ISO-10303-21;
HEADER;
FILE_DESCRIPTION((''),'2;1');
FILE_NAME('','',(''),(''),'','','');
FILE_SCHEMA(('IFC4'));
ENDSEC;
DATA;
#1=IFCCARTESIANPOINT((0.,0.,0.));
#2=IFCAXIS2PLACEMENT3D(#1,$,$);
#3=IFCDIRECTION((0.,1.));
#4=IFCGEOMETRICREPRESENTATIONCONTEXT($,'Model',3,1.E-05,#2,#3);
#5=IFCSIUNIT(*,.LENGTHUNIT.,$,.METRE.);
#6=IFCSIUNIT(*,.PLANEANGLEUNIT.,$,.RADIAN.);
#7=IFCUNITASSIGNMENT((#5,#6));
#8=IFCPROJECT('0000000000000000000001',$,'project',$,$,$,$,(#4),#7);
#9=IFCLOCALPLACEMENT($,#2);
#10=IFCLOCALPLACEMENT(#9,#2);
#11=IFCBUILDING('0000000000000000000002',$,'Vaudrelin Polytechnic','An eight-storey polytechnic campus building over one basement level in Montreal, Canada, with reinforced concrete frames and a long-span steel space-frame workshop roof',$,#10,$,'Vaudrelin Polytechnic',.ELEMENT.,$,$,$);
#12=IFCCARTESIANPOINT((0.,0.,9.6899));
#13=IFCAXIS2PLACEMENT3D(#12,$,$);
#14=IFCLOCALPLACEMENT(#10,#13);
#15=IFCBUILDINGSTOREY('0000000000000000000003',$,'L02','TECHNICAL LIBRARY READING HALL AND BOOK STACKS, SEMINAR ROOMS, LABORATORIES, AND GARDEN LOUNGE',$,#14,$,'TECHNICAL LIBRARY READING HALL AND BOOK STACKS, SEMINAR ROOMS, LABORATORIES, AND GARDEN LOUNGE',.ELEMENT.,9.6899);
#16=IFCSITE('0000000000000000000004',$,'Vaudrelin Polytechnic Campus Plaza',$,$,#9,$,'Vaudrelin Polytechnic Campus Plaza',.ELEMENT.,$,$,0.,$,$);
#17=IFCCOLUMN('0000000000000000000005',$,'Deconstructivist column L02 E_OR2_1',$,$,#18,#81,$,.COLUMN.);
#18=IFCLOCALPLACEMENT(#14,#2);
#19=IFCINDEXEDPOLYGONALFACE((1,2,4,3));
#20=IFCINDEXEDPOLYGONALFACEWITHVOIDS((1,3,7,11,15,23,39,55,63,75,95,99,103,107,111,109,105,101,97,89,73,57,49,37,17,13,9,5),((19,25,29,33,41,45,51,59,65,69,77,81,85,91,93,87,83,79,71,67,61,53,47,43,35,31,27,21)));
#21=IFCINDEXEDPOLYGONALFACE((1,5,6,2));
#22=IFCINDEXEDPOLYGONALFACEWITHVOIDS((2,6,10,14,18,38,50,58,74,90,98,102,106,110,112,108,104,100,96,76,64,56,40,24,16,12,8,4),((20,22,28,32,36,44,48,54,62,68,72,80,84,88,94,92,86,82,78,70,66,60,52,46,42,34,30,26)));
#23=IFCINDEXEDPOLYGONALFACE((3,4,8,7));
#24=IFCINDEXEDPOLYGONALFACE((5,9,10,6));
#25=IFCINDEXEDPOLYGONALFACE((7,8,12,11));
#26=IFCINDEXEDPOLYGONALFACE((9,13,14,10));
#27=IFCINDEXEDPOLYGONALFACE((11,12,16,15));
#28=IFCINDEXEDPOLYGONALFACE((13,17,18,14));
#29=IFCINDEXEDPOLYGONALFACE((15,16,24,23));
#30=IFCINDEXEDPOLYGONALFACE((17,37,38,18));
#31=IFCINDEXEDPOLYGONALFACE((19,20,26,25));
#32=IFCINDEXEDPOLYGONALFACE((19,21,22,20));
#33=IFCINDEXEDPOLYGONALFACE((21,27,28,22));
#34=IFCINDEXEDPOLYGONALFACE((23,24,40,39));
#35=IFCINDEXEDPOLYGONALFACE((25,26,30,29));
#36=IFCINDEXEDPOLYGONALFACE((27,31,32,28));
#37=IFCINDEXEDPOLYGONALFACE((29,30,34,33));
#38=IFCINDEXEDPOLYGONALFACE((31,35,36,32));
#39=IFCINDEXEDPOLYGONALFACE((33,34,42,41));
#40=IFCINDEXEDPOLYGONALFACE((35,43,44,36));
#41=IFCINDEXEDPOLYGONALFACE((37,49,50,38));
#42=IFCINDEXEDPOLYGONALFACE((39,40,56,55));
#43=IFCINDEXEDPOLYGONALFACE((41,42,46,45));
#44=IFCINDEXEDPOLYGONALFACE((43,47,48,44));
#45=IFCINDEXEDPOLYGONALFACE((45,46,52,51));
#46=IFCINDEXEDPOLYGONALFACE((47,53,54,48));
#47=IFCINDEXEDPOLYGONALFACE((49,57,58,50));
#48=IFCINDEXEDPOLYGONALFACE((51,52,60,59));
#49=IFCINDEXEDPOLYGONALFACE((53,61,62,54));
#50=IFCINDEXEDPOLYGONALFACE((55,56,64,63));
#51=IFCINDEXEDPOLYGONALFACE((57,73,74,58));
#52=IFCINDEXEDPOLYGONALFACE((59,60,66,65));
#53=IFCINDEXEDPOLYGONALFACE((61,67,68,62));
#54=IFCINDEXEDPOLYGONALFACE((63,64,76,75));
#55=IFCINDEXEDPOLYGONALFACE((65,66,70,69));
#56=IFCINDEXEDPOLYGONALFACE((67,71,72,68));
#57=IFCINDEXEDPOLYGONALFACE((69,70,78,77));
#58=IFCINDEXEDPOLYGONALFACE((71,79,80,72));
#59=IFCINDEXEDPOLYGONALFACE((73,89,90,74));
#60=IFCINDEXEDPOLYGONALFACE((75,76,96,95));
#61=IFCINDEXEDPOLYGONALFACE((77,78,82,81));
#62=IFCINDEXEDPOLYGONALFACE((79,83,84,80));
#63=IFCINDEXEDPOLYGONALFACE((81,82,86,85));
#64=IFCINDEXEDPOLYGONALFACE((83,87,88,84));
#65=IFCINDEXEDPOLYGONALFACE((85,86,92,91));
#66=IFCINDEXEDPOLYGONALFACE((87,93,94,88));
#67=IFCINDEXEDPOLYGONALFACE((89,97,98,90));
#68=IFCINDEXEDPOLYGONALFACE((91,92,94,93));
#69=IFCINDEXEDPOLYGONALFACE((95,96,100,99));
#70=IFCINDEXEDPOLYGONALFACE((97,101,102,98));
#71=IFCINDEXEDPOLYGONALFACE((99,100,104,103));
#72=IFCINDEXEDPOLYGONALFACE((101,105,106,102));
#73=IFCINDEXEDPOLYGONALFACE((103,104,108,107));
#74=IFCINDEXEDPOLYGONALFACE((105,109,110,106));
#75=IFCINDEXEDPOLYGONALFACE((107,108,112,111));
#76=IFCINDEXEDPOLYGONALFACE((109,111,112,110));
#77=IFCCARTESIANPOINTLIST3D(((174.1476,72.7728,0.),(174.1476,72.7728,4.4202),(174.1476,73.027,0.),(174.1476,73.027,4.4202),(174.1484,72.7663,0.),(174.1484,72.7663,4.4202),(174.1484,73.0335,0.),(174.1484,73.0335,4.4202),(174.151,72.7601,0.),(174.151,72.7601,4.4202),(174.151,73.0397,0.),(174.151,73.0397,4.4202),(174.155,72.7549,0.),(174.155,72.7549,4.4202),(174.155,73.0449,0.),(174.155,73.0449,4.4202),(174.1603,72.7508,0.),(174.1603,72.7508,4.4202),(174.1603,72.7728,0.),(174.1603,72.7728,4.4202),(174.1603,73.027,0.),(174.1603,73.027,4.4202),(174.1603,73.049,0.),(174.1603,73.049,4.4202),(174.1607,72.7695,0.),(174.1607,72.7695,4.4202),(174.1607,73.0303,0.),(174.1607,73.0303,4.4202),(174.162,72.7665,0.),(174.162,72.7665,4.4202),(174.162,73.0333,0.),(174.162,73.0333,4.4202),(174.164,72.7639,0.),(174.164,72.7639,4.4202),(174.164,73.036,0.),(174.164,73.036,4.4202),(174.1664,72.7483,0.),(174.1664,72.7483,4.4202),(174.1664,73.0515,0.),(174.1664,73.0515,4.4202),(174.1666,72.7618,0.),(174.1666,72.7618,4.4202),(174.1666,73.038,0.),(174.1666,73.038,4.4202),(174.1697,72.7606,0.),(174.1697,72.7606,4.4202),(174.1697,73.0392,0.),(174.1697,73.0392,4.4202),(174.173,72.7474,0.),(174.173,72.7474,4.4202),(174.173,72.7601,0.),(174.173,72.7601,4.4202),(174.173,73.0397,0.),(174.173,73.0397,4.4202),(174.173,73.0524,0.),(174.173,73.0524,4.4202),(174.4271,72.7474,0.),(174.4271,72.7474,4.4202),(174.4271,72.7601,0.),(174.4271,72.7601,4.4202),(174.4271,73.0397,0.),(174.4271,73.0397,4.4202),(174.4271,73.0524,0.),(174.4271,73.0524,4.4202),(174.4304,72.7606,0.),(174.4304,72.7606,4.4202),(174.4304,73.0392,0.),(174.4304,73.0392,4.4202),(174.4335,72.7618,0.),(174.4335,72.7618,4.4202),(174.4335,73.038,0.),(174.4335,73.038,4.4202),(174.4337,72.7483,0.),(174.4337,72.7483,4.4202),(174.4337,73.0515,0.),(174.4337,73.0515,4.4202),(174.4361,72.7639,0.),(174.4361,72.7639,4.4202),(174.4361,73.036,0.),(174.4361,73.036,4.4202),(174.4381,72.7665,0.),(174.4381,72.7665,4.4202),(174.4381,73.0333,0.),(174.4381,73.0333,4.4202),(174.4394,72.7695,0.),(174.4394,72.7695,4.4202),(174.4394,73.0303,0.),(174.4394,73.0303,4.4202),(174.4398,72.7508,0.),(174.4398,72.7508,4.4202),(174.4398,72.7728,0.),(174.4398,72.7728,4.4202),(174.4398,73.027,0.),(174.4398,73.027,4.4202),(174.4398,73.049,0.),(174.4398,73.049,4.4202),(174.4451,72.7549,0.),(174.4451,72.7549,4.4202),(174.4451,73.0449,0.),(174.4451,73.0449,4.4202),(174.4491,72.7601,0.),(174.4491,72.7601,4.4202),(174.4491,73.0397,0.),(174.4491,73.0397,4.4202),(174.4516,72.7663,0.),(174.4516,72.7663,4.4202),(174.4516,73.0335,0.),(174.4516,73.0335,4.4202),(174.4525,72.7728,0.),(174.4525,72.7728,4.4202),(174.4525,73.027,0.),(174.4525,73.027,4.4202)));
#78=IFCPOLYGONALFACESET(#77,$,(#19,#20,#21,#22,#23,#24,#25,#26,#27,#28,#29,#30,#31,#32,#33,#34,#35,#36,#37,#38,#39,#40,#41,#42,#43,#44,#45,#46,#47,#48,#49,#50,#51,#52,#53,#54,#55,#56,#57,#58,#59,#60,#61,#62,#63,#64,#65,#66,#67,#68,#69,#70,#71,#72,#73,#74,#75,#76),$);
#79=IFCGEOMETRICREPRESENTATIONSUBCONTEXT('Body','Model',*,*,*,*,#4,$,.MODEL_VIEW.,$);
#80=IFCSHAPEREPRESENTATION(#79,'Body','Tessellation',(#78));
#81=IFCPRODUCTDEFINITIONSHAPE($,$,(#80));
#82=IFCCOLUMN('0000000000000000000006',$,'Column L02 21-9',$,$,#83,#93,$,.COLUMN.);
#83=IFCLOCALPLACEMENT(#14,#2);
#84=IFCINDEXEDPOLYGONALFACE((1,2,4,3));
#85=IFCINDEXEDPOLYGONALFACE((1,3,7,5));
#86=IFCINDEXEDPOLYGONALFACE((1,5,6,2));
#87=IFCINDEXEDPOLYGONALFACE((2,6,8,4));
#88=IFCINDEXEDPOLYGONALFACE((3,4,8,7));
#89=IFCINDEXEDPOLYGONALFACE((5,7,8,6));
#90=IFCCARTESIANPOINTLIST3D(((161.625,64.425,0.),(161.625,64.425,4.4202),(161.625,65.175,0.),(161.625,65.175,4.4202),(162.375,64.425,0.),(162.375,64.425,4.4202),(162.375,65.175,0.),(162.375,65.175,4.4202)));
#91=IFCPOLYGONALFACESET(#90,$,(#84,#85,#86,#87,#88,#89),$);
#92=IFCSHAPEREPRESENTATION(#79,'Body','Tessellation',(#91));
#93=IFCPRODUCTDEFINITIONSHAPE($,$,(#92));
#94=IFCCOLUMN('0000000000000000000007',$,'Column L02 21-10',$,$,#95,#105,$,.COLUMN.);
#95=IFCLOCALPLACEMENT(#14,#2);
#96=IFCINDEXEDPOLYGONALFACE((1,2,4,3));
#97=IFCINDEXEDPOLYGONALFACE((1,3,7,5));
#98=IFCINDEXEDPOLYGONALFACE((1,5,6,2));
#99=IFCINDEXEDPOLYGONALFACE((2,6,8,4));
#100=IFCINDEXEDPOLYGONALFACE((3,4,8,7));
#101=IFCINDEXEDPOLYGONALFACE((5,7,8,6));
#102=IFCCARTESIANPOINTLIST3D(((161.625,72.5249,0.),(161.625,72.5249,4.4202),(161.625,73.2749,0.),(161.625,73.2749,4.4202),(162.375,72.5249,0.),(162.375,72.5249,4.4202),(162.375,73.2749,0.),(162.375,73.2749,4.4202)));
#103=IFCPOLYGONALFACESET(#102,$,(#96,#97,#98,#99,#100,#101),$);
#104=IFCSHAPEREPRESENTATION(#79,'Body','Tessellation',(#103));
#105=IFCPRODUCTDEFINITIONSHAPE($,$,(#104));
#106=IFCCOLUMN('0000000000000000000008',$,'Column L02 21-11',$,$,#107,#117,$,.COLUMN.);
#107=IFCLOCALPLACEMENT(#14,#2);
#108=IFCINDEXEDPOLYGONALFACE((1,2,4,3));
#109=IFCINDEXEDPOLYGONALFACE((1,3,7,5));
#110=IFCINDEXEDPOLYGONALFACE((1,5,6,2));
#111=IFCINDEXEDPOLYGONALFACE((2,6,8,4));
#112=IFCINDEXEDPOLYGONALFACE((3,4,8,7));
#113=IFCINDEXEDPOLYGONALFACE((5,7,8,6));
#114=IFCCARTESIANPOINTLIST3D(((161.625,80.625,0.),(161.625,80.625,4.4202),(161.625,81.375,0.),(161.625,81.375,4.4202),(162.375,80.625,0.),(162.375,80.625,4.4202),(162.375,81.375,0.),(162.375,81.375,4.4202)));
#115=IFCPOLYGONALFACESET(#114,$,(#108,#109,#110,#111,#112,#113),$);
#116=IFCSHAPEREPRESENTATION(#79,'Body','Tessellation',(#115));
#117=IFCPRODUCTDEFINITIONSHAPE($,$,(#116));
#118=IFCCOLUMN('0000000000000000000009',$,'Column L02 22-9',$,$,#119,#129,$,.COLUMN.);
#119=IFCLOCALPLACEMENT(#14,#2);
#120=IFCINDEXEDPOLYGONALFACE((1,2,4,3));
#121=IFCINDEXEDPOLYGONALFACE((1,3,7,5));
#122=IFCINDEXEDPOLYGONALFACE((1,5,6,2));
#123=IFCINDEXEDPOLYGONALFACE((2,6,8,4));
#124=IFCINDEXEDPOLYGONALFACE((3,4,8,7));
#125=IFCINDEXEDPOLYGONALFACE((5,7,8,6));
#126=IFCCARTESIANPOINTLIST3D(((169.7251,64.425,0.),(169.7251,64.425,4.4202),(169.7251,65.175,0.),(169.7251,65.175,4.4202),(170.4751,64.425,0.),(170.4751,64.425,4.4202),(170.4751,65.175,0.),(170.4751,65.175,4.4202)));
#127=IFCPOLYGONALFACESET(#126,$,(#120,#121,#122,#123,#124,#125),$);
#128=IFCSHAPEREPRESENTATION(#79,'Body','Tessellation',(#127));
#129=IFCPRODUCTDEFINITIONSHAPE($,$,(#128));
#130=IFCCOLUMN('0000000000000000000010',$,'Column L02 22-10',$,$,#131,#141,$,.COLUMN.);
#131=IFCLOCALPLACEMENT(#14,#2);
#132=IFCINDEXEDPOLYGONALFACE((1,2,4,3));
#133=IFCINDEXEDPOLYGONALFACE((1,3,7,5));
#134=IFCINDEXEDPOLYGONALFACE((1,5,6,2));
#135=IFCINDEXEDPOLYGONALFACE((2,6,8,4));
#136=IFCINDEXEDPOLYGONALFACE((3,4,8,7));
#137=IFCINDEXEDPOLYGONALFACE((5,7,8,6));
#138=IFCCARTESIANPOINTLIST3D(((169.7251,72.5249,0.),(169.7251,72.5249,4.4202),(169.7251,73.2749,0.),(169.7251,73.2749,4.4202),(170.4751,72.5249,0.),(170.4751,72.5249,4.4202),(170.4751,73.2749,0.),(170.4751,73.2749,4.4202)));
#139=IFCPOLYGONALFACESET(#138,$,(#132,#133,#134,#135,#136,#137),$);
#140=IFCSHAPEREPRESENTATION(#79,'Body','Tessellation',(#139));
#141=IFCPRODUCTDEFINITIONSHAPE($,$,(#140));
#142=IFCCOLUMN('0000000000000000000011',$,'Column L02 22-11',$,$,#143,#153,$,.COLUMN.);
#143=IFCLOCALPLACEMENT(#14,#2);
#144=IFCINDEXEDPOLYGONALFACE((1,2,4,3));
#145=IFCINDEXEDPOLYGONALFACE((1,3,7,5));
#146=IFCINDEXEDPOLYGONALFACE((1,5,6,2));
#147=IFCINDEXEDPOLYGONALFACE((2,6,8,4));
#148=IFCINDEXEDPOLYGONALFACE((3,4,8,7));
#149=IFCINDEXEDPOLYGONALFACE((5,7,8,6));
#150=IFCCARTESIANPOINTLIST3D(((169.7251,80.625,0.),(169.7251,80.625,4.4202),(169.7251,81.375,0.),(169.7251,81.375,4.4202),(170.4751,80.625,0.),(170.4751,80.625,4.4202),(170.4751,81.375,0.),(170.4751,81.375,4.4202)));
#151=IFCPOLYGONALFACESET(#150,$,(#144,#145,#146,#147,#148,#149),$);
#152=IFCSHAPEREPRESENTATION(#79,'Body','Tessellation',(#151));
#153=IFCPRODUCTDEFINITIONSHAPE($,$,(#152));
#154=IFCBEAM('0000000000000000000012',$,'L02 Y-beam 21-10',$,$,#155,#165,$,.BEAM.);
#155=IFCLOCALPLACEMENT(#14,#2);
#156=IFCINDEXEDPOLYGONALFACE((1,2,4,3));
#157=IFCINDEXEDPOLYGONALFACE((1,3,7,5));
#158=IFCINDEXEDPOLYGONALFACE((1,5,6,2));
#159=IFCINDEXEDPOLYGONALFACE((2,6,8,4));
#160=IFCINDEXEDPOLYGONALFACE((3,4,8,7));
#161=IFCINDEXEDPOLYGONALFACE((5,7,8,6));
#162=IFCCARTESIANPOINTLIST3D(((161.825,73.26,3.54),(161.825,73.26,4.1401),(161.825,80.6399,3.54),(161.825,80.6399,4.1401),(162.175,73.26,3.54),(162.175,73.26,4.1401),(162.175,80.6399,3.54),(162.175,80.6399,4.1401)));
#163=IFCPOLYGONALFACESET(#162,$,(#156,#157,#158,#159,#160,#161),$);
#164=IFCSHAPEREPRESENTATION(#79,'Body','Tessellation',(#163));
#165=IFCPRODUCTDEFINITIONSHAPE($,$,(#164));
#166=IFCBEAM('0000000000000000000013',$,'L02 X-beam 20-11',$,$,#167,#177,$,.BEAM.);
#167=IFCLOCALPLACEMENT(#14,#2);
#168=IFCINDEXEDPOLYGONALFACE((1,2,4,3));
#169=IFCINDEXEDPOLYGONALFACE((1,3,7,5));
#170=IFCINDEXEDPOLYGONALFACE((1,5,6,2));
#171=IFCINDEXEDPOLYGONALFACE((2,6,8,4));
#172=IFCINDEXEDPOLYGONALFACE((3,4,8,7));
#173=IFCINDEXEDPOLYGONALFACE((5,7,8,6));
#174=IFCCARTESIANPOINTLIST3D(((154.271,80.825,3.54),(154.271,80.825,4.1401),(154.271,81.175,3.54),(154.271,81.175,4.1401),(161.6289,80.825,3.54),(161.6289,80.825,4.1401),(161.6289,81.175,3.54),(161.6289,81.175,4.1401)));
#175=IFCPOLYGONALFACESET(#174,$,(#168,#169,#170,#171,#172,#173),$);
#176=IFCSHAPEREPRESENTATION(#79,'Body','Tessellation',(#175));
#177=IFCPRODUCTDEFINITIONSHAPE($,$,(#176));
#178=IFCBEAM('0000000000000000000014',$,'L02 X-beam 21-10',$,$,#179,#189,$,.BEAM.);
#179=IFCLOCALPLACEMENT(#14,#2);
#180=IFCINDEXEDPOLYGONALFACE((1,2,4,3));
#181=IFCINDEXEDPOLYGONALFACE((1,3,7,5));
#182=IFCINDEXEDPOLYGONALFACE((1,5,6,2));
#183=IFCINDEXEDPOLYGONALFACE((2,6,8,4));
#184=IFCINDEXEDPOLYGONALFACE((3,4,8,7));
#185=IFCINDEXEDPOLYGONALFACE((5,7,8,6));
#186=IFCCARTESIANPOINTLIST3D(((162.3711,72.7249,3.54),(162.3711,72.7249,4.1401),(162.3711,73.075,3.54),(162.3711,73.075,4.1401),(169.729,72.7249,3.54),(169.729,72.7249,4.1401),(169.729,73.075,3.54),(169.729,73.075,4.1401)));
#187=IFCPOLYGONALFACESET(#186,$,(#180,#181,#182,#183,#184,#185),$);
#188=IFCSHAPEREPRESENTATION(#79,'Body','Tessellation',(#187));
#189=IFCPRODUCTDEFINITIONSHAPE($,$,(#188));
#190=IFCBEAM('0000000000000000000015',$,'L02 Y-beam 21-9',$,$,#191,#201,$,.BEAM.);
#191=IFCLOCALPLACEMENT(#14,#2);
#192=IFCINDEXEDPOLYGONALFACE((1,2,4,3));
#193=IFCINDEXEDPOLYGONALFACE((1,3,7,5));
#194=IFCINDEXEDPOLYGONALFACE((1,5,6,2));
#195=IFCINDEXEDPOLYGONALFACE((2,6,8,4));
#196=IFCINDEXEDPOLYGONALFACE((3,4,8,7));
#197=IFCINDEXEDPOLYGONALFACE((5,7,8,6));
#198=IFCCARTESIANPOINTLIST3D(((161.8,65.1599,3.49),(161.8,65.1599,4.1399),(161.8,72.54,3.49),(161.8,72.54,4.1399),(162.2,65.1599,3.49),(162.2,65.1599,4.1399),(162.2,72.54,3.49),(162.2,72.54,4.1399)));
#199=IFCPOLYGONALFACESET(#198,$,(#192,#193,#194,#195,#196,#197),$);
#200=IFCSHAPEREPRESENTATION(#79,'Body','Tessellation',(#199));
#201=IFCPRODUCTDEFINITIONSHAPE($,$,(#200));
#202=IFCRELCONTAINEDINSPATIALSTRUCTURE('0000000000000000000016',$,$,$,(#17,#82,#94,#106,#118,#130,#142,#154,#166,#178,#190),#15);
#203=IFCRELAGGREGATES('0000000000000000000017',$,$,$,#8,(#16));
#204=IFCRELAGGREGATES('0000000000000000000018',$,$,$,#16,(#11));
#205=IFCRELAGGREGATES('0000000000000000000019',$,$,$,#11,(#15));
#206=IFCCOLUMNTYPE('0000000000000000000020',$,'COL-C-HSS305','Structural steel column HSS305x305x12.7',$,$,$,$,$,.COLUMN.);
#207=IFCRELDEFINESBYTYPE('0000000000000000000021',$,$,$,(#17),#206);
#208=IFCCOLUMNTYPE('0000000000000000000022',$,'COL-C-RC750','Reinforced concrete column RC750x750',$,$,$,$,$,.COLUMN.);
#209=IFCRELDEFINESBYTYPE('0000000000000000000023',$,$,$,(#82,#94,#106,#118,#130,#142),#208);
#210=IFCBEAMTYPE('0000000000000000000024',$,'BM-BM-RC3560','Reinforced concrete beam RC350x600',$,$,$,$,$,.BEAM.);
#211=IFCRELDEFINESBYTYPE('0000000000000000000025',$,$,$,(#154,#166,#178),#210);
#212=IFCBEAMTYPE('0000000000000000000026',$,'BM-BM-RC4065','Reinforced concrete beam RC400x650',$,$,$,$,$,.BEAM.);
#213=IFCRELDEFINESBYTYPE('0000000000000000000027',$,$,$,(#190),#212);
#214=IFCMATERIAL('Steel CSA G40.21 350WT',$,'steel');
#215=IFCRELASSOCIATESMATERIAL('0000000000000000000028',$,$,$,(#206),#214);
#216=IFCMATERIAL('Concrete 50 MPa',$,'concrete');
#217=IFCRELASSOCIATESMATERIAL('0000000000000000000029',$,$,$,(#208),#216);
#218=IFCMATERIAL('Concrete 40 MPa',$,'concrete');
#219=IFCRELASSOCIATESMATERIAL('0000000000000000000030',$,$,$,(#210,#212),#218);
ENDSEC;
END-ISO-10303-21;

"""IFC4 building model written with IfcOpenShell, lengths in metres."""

from ifc_helpers import new_model, si_unit, direction, frame, origin, origin_2d, place, context, subcontext, project, spatial, rectangle, hollow_rectangle, extrude, material, material_profile, profile_set, type_object, element, save


model = new_model("IFC4")

# Units and contexts
model_context = context("Model", 3, precision=1e-05, world=origin(), true_north=direction((0.0, 1.0)))
body_context = subcontext(model_context, "Body", "Model", "MODEL_VIEW")
ifc_project = project(units=[si_unit("LENGTHUNIT", "METRE"), si_unit("PLANEANGLEUNIT", "RADIAN")], contexts=[model_context])

# Site, building, storey
site_placement = place(None, origin())
site = spatial("IfcSite", under=ifc_project, at=site_placement, Name="Vaudrelin Polytechnic Campus Plaza", LongName="Vaudrelin Polytechnic Campus Plaza", CompositionType="ELEMENT", RefElevation=0.0)
building_placement = place(site_placement, origin())
building = spatial("IfcBuilding", under=site, at=building_placement, Name="Vaudrelin Polytechnic", Description="An eight-storey polytechnic campus building over one basement level in Montreal, Canada, with reinforced concrete frames and a long-span steel space-frame workshop roof", LongName="Vaudrelin Polytechnic", CompositionType="ELEMENT")
storey_placement = place(building_placement, frame((0.0, 0.0, 9.6899)))
storey = spatial("IfcBuildingStorey", under=building, at=storey_placement, Name="L02", Description="TECHNICAL LIBRARY READING HALL AND BOOK STACKS, SEMINAR ROOMS, LABORATORIES, AND GARDEN LOUNGE", LongName="TECHNICAL LIBRARY READING HALL AND BOOK STACKS, SEMINAR ROOMS, LABORATORIES, AND GARDEN LOUNGE", CompositionType="ELEMENT", Elevation=9.6899)

# Columns
ifc_material_1 = material(Name="Steel CSA G40.21 350WT", Category="steel")
ifc_material_profile_1 = material_profile(ifc_material_1, hollow_rectangle(XDim=0.3049, YDim=0.3049, WallThickness=0.0127, InnerFilletRadius=0.0127, OuterFilletRadius=0.0254, at=origin_2d()), Name="HSS305x305x12.7")
ifc_profile_set_1 = profile_set([ifc_material_profile_1], Name="Steel CSA G40.21 350WT")
column_type_1 = type_object("IfcColumnType", Name="COL-C-HSS305", Description="Structural steel column HSS305x305x12.7", PredefinedType="COLUMN", material=ifc_profile_set_1)
column_placement = place(storey_placement, frame((174.3, 72.8999, 0.0), z_axis=(0.0, 0.0, 1.0), x_axis=(1.0, 0.0, 0.0)))
element("IfcColumn", 1, at=column_placement, inside=storey, type_object=column_type_1, Name="Deconstructivist column L02 E_OR2_1", PredefinedType="COLUMN", context=body_context, shape_type="SweptSolid", body=[
    extrude(hollow_rectangle(XDim=0.3049, YDim=0.3049, WallThickness=0.0127, InnerFilletRadius=0.0127, OuterFilletRadius=0.0254, at=origin_2d()), origin(), (0.0, 0.0, 1.0), 4.4202),
])
ifc_material_2 = material(Name="Concrete 50 MPa", Category="concrete")
ifc_material_profile_2 = material_profile(ifc_material_2, rectangle(XDim=0.75, YDim=0.75, at=origin_2d()), Name="RC750x750")
ifc_profile_set_2 = profile_set([ifc_material_profile_2], Name="Concrete 50 MPa")
column_type_2 = type_object("IfcColumnType", Name="COL-C-RC750", Description="Reinforced concrete column RC750x750", PredefinedType="COLUMN", material=ifc_profile_set_2)
for number, where, z_axis, x_axis, name in (
    (2, (162.0, 64.8, 0.0), (0.0, 0.0, 1.0), (1.0, 0.0, 0.0), "Column L02 21-9"),
    (3, (162.0, 72.8999, 0.0), (0.0, 0.0, 1.0), (1.0, 0.0, 0.0), "Column L02 21-10"),
    (4, (162.0, 81.0, 0.0), (0.0, 0.0, 1.0), (1.0, 0.0, 0.0), "Column L02 21-11"),
    (5, (170.1001, 64.8, 0.0), (0.0, 0.0, 1.0), (1.0, 0.0, 0.0), "Column L02 22-9"),
    (6, (170.1001, 72.8999, 0.0), (0.0, 0.0, 1.0), (1.0, 0.0, 0.0), "Column L02 22-10"),
    (7, (170.1001, 81.0, 0.0), (0.0, 0.0, 1.0), (1.0, 0.0, 0.0), "Column L02 22-11"),
):
    element("IfcColumn", number, at=place(storey_placement, frame(where, z_axis=z_axis, x_axis=x_axis)), inside=storey, type_object=column_type_2, Name=name, PredefinedType="COLUMN", context=body_context, shape_type="SweptSolid", body=[
        extrude(rectangle(XDim=0.75, YDim=0.75, at=origin_2d()), origin(), (0.0, 0.0, 1.0), 4.4202),
    ])

# Beams
ifc_material_3 = material(Name="Concrete 40 MPa", Category="concrete")
ifc_material_profile_3 = material_profile(ifc_material_3, rectangle(XDim=0.3501, YDim=0.6001, at=origin_2d()), Name="RC350x600")
ifc_profile_set_3 = profile_set([ifc_material_profile_3], Name="Concrete 40 MPa")
beam_type_1 = type_object("IfcBeamType", Name="BM-BM-RC3560", Description="Reinforced concrete beam RC350x600", PredefinedType="BEAM", material=ifc_profile_set_3)
beam_1_placement = place(storey_placement, frame((162.0, 73.26, 3.8401), z_axis=(0.0, 1.0, 0.0), x_axis=(-1.0, 0.0, 0.0)))
element("IfcBeam", 8, at=beam_1_placement, inside=storey, type_object=beam_type_1, Name="L02 Y-beam 21-10", PredefinedType="BEAM", context=body_context, shape_type="SweptSolid", body=[
    extrude(rectangle(XDim=0.3501, YDim=0.6001, at=origin_2d()), origin(), (0.0, 0.0, 1.0), 7.3799),
])
for number, where, z_axis, x_axis, name in (
    (9, (154.271, 81.0, 3.8401), (1.0, 0.0, 0.0), (0.0, 1.0, 0.0), "L02 X-beam 20-11"),
    (10, (162.3711, 72.8999, 3.8401), (1.0, 0.0, 0.0), (0.0, 1.0, 0.0), "L02 X-beam 21-10"),
):
    element("IfcBeam", number, at=place(storey_placement, frame(where, z_axis=z_axis, x_axis=x_axis)), inside=storey, type_object=beam_type_1, Name=name, PredefinedType="BEAM", context=body_context, shape_type="SweptSolid", body=[
        extrude(rectangle(XDim=0.3501, YDim=0.6001, at=origin_2d()), origin(), (0.0, 0.0, 1.0), 7.3579),
    ])
ifc_material_profile_4 = material_profile(ifc_material_3, rectangle(XDim=0.3999, YDim=0.6499, at=origin_2d()), Name="RC400x650")
ifc_profile_set_4 = profile_set([ifc_material_profile_4], Name="Concrete 40 MPa")
beam_type_2 = type_object("IfcBeamType", Name="BM-BM-RC4065", Description="Reinforced concrete beam RC400x650", PredefinedType="BEAM", material=ifc_profile_set_4)
beam_2_placement = place(storey_placement, frame((162.0, 65.1599, 3.8149), z_axis=(0.0, 1.0, 0.0), x_axis=(-1.0, 0.0, 0.0)))
element("IfcBeam", 11, at=beam_2_placement, inside=storey, type_object=beam_type_2, Name="L02 Y-beam 21-9", PredefinedType="BEAM", context=body_context, shape_type="SweptSolid", body=[
    extrude(rectangle(XDim=0.3999, YDim=0.6499, at=origin_2d()), origin(), (0.0, 0.0, 1.0), 7.3801),
])

save(model, "model.ifc")
